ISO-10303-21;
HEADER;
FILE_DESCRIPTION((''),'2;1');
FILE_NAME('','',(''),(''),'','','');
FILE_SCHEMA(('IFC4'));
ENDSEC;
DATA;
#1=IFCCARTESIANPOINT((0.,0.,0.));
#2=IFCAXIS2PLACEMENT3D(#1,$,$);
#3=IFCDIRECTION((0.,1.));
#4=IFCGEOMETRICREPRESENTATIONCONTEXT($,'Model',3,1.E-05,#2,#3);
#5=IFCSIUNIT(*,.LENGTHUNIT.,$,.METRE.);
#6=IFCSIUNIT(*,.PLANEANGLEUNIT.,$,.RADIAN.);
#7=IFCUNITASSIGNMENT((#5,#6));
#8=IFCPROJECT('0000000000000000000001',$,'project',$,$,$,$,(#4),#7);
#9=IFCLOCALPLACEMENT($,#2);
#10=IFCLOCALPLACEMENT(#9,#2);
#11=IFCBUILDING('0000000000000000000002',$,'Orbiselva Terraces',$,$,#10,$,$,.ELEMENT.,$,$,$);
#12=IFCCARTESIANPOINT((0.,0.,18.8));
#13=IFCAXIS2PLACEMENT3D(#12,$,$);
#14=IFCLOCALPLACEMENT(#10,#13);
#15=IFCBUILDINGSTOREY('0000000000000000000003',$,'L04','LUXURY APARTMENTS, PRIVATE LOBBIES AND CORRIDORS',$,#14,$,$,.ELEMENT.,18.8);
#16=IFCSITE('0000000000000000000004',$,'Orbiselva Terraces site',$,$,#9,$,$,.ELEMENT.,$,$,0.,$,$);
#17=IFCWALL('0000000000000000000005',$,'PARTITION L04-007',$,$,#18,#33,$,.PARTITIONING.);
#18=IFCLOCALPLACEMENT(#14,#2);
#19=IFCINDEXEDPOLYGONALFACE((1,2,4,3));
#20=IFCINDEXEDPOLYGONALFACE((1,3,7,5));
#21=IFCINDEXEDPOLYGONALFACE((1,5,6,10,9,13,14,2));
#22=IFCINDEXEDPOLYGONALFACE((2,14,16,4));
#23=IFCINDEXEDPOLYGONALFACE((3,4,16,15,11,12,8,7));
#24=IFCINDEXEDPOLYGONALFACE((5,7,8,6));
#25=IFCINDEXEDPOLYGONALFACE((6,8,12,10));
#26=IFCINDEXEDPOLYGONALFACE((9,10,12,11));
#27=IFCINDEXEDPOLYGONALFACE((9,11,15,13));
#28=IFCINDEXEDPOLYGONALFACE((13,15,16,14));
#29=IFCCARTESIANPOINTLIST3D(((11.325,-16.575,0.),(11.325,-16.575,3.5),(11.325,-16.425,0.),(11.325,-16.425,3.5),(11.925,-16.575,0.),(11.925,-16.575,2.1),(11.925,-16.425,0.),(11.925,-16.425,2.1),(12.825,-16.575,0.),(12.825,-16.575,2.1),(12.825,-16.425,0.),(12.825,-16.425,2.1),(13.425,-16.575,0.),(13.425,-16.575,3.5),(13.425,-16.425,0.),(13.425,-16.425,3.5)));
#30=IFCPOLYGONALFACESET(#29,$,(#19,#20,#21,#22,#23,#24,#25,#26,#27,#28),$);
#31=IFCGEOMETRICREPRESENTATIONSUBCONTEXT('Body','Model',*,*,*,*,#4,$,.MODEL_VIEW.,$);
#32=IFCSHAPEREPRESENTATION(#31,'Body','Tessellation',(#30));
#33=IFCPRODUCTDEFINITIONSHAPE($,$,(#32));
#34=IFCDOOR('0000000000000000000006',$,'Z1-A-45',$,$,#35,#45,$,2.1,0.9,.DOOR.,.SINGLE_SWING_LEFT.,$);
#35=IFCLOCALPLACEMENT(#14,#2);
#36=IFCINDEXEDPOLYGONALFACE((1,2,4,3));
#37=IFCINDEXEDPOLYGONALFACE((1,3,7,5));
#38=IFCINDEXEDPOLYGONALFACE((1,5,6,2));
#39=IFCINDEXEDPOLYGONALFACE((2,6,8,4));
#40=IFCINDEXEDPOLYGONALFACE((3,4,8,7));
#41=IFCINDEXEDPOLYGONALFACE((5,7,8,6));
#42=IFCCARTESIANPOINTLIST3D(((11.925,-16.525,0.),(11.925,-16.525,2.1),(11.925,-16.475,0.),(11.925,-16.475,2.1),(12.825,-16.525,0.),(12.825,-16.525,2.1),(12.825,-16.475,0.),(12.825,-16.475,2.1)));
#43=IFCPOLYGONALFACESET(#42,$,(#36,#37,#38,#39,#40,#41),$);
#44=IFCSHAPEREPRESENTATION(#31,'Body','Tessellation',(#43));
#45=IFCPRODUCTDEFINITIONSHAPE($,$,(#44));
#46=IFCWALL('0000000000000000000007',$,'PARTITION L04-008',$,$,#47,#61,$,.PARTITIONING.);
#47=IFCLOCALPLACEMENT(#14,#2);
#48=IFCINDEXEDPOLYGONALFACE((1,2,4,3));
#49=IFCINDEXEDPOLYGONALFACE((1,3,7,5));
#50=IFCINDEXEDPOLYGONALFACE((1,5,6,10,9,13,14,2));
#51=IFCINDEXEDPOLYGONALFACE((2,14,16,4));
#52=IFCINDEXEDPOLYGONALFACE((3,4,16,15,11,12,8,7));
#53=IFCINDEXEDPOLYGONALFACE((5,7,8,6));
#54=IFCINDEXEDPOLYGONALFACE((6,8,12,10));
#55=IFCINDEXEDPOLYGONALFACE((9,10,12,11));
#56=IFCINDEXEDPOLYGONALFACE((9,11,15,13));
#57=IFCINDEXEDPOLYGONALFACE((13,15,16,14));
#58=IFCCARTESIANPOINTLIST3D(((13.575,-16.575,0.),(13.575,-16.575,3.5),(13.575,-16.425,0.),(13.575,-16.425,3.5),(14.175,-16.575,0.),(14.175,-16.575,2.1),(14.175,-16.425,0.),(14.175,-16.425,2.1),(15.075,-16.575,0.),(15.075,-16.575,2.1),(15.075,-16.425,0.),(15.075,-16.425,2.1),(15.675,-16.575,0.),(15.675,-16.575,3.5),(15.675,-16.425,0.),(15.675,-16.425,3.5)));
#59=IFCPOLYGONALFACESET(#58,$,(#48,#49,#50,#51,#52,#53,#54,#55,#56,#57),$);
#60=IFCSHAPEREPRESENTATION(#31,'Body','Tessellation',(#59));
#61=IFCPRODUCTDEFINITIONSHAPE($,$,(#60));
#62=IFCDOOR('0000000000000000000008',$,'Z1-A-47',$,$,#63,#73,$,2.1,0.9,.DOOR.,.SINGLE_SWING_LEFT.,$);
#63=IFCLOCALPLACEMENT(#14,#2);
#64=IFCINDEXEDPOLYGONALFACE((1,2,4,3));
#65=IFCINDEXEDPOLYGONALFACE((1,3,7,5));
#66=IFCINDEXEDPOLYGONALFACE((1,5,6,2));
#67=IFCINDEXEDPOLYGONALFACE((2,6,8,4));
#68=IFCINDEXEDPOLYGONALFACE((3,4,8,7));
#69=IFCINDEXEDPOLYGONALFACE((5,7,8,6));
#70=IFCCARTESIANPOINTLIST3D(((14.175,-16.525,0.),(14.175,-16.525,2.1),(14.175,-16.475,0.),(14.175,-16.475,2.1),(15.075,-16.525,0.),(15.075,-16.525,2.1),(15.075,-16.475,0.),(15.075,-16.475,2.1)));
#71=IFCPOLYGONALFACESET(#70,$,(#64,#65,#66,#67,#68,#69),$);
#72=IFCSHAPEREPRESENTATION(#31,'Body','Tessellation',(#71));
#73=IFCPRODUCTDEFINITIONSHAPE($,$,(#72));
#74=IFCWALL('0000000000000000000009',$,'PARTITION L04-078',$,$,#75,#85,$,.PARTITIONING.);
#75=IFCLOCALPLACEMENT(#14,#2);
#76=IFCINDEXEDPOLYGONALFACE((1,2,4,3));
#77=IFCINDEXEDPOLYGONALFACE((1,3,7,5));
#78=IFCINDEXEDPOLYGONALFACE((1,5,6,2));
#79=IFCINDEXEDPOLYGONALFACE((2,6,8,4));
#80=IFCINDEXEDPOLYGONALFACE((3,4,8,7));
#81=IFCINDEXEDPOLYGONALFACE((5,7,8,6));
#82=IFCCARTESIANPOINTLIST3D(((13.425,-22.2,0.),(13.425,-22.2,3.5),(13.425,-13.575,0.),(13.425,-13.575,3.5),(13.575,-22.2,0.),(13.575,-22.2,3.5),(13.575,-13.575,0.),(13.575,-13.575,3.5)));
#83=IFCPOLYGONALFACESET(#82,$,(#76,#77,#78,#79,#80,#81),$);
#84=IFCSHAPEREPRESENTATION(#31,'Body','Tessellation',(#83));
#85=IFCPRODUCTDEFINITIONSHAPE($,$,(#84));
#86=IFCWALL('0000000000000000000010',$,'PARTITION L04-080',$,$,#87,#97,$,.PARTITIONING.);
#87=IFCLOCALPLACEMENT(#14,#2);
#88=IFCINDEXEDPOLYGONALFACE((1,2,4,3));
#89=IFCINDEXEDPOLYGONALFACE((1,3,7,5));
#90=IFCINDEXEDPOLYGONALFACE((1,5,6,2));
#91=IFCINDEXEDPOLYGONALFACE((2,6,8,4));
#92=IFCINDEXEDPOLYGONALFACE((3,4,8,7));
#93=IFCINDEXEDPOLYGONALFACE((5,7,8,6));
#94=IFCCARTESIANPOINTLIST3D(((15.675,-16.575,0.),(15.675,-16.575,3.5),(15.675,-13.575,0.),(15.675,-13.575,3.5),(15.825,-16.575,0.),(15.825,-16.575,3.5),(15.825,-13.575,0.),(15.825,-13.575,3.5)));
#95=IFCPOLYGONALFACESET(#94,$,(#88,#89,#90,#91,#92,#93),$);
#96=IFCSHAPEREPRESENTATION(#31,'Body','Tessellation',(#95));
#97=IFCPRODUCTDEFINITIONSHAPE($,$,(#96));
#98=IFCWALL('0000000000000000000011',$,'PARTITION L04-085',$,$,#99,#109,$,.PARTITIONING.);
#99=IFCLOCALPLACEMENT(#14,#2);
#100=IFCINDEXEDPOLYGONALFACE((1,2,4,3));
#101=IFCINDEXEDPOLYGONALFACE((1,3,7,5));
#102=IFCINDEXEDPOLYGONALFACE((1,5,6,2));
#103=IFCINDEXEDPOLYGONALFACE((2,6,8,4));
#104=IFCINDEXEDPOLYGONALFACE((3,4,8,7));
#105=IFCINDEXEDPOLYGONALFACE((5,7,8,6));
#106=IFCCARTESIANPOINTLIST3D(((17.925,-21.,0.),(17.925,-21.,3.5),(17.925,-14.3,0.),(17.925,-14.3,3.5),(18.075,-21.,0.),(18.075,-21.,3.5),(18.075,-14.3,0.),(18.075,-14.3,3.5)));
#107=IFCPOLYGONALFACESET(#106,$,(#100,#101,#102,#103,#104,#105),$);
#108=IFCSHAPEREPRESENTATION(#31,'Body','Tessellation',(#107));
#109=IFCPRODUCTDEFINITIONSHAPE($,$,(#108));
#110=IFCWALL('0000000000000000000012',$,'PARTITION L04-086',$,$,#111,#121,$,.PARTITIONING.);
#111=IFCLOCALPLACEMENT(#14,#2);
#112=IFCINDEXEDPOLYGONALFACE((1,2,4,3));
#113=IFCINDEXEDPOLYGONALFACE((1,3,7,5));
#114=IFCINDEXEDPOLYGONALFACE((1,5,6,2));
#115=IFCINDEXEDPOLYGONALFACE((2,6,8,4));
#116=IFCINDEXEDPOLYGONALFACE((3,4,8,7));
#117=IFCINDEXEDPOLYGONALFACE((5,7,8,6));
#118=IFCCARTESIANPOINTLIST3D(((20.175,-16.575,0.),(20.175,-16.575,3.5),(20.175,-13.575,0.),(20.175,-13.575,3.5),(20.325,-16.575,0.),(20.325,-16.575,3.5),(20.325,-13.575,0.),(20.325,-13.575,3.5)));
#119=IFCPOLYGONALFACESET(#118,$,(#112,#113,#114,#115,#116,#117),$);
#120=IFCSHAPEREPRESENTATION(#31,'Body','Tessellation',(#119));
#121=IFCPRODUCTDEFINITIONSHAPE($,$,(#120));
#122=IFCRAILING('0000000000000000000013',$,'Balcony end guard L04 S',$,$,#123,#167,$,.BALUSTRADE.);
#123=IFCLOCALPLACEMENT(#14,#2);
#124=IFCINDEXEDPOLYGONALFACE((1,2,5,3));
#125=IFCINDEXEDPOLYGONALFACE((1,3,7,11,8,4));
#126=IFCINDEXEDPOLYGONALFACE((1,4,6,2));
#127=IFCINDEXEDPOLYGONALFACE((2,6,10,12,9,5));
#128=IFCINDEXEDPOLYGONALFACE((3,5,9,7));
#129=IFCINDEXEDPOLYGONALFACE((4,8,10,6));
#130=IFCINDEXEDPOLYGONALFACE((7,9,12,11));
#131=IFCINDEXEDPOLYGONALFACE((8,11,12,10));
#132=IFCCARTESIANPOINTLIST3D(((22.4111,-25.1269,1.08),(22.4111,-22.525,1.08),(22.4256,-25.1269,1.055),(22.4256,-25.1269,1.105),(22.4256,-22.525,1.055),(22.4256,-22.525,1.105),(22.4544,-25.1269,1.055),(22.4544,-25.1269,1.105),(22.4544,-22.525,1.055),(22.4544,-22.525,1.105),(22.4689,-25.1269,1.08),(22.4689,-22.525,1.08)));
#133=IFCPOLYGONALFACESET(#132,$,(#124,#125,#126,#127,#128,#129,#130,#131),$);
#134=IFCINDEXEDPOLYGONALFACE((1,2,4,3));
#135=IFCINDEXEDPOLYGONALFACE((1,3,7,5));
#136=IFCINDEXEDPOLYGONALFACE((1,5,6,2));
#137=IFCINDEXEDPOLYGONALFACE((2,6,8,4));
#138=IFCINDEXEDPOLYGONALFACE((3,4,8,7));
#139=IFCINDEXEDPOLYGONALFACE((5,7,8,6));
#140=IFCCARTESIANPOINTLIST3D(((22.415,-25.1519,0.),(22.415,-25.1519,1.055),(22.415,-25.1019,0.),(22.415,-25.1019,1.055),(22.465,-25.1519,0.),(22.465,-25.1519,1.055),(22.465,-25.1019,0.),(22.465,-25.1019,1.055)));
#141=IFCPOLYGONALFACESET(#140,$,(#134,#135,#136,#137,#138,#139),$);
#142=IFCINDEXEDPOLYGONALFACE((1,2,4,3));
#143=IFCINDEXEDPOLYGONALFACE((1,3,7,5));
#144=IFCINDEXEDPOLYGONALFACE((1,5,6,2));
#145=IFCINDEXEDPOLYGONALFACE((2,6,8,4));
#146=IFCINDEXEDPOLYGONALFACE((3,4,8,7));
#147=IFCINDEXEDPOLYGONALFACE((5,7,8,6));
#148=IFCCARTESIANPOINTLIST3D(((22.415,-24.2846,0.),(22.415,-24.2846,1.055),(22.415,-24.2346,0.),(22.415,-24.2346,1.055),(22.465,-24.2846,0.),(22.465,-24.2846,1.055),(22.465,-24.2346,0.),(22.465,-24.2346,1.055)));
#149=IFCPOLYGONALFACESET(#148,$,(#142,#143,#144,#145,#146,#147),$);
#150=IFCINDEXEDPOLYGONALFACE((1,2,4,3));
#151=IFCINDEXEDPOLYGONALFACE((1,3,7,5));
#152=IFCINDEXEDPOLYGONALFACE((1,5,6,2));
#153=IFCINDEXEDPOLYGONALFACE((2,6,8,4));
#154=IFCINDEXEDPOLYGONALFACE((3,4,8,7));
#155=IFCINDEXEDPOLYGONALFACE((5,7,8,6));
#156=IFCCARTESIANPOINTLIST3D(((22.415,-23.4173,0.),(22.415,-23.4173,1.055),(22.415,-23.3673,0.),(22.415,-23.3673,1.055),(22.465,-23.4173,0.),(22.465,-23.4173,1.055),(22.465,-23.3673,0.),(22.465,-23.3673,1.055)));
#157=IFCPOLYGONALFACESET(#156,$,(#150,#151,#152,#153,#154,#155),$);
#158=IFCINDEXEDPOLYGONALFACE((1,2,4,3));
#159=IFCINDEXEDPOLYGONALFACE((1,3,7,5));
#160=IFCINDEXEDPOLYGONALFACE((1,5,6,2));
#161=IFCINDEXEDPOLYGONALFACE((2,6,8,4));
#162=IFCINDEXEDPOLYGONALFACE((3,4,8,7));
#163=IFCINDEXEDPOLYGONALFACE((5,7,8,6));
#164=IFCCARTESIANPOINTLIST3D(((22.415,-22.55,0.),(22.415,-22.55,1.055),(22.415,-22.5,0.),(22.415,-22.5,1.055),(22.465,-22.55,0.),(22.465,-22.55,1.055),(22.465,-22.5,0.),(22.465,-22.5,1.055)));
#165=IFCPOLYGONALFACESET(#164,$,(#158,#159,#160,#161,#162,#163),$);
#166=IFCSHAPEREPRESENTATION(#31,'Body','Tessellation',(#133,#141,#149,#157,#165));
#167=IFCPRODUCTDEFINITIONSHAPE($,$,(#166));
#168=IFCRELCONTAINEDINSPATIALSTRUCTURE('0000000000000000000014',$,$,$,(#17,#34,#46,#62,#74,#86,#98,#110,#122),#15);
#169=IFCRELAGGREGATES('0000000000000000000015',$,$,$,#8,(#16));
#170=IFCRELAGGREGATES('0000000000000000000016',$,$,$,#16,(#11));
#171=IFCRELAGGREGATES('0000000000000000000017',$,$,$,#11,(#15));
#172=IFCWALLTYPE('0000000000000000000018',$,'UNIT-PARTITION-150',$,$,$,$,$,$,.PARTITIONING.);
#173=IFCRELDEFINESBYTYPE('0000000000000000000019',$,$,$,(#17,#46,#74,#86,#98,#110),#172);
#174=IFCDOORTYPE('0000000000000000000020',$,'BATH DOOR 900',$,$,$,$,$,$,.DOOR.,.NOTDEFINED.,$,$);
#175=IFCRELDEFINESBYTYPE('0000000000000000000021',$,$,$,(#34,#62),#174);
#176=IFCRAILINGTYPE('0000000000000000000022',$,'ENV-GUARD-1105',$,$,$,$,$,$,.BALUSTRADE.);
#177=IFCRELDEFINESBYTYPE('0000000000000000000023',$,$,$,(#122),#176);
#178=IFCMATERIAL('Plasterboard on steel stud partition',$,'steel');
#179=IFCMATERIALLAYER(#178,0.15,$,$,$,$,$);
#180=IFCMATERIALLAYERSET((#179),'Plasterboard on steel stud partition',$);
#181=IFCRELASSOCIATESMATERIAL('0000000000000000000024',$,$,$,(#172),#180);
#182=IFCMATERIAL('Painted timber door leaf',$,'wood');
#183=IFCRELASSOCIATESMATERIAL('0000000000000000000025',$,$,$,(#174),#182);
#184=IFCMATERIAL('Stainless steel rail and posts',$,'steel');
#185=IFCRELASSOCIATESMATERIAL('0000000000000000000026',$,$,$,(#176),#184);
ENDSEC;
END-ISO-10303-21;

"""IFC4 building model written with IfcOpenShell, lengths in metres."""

from ifc_helpers import new_model, si_unit, direction, frame, frame_2d, origin, origin_2d, place, context, subcontext, project, spatial, polyline, rectangle, outline, extrude, material, layer, layer_set, type_object, element, fill, save


model = new_model("IFC4")

# Units and contexts
model_context = context("Model", 3, precision=1e-05, world=origin(), true_north=direction((0.0, 1.0)))
body_context = subcontext(model_context, "Body", "Model", "MODEL_VIEW")
ifc_project = project(units=[si_unit("LENGTHUNIT", "METRE"), si_unit("PLANEANGLEUNIT", "RADIAN")], contexts=[model_context])

# Site, building, storey
site_placement = place(None, origin())
site = spatial("IfcSite", under=ifc_project, at=site_placement, Name="Orbiselva Terraces site", CompositionType="ELEMENT", RefElevation=0.0)
building_placement = place(site_placement, origin())
building = spatial("IfcBuilding", under=site, at=building_placement, Name="Orbiselva Terraces", CompositionType="ELEMENT")
storey_placement = place(building_placement, frame((0.0, 0.0, 18.8)))
storey = spatial("IfcBuildingStorey", under=building, at=storey_placement, Name="L04", Description="LUXURY APARTMENTS, PRIVATE LOBBIES AND CORRIDORS", CompositionType="ELEMENT", Elevation=18.8)

# Walls, openings, doors
ifc_material_1 = material(Name="Plasterboard on steel stud partition", Category="steel")
ifc_layer_1 = layer(ifc_material_1, 0.15)
ifc_layer_set_1 = layer_set([ifc_layer_1], Name="Plasterboard on steel stud partition")
wall_type_1 = type_object("IfcWallType", Name="UNIT-PARTITION-150", PredefinedType="PARTITIONING", material=ifc_layer_set_1)
wall_1_placement = place(storey_placement, frame((11.325, -16.5, 0.0), z_axis=(0.0, 0.0, 1.0), x_axis=(1.0, 0.0, 0.0)))
wall_1 = element("IfcWall", 1, at=wall_1_placement, inside=storey, type_object=wall_type_1, Name="PARTITION L04-007", PredefinedType="PARTITIONING", context=body_context, shape_type="SweptSolid", body=[
    extrude(rectangle(XDim=2.1, YDim=0.15, at=frame_2d((1.05, 0.0))), origin(), (0.0, 0.0, 1.0), 3.5),
])
opening_1_placement = place(wall_1_placement, frame((0.6, 0.0, 0.0)))
opening_1 = element("IfcOpeningElement", 2, at=opening_1_placement, cuts=wall_1, PredefinedType="OPENING", context=body_context, shape_type="SweptSolid", body=[
    extrude(rectangle(XDim=0.9, YDim=2.1, at=frame_2d((0.45, 1.05))), frame((0.0, 0.085, 0.0), z_axis=(0.0, -1.0, 0.0), x_axis=(1.0, 0.0, 0.0)), (0.0, 0.0, 1.0), 0.17),
])
ifc_material_2 = material(Name="Painted timber door leaf", Category="wood")
door_type_1 = type_object("IfcDoorType", Name="BATH DOOR 900", OperationType="NOTDEFINED", PredefinedType="DOOR", material=ifc_material_2)
door_1_placement = place(opening_1_placement, origin())
door_1 = element("IfcDoor", 3, at=door_1_placement, inside=storey, type_object=door_type_1, Name="Z1-A-45", OperationType="SINGLE_SWING_LEFT", OverallHeight=2.1, OverallWidth=0.9, PredefinedType="DOOR", context=body_context, shape_type="SweptSolid", body=[
    extrude(rectangle(XDim=0.9, YDim=2.1, at=frame_2d((0.45, 1.05))), frame((0.0, 0.025, 0.0), z_axis=(0.0, -1.0, 0.0), x_axis=(1.0, 0.0, 0.0)), (0.0, 0.0, 1.0), 0.05),
])
fill(opening_1, door_1)
wall_2_placement = place(storey_placement, frame((13.575, -16.5, 0.0), z_axis=(0.0, 0.0, 1.0), x_axis=(1.0, 0.0, 0.0)))
wall_2 = element("IfcWall", 4, at=wall_2_placement, inside=storey, type_object=wall_type_1, Name="PARTITION L04-008", PredefinedType="PARTITIONING", context=body_context, shape_type="SweptSolid", body=[
    extrude(rectangle(XDim=2.1, YDim=0.15, at=frame_2d((1.05, 0.0))), origin(), (0.0, 0.0, 1.0), 3.5),
])
opening_2_placement = place(wall_2_placement, frame((0.6, 0.0, 0.0)))
opening_2 = element("IfcOpeningElement", 5, at=opening_2_placement, cuts=wall_2, PredefinedType="OPENING", context=body_context, shape_type="SweptSolid", body=[
    extrude(rectangle(XDim=0.9, YDim=2.1, at=frame_2d((0.45, 1.05))), frame((0.0, 0.085, 0.0), z_axis=(0.0, -1.0, 0.0), x_axis=(1.0, 0.0, 0.0)), (0.0, 0.0, 1.0), 0.17),
])
door_2_placement = place(opening_2_placement, origin())
door_2 = element("IfcDoor", 6, at=door_2_placement, inside=storey, type_object=door_type_1, Name="Z1-A-47", OperationType="SINGLE_SWING_LEFT", OverallHeight=2.1, OverallWidth=0.9, PredefinedType="DOOR", context=body_context, shape_type="SweptSolid", body=[
    extrude(rectangle(XDim=0.9, YDim=2.1, at=frame_2d((0.45, 1.05))), frame((0.0, 0.025, 0.0), z_axis=(0.0, -1.0, 0.0), x_axis=(1.0, 0.0, 0.0)), (0.0, 0.0, 1.0), 0.05),
])
fill(opening_2, door_2)

# Walls
wall_3_placement = place(storey_placement, frame((13.5, -22.2, 0.0), z_axis=(0.0, 0.0, 1.0), x_axis=(0.0, 1.0, 0.0)))
element("IfcWall", 7, at=wall_3_placement, inside=storey, type_object=wall_type_1, Name="PARTITION L04-078", PredefinedType="PARTITIONING", context=body_context, shape_type="SweptSolid", body=[
    extrude(rectangle(XDim=8.625, YDim=0.15, at=frame_2d((4.3125, 0.0))), origin(), (0.0, 0.0, 1.0), 3.5),
])
wall_4_placement = place(storey_placement, frame((15.75, -16.575, 0.0), z_axis=(0.0, 0.0, 1.0), x_axis=(0.0, 1.0, 0.0)))
element("IfcWall", 8, at=wall_4_placement, inside=storey, type_object=wall_type_1, Name="PARTITION L04-080", PredefinedType="PARTITIONING", context=body_context, shape_type="SweptSolid", body=[
    extrude(rectangle(XDim=3.0, YDim=0.15, at=frame_2d((1.5, 0.0))), origin(), (0.0, 0.0, 1.0), 3.5),
])
wall_5_placement = place(storey_placement, frame((18.0, -21.0, 0.0), z_axis=(0.0, 0.0, 1.0), x_axis=(0.0, 1.0, 0.0)))
element("IfcWall", 9, at=wall_5_placement, inside=storey, type_object=wall_type_1, Name="PARTITION L04-085", PredefinedType="PARTITIONING", context=body_context, shape_type="SweptSolid", body=[
    extrude(rectangle(XDim=6.7, YDim=0.15, at=frame_2d((3.35, 0.0))), origin(), (0.0, 0.0, 1.0), 3.5),
])
wall_6_placement = place(storey_placement, frame((20.25, -16.575, 0.0), z_axis=(0.0, 0.0, 1.0), x_axis=(0.0, 1.0, 0.0)))
element("IfcWall", 10, at=wall_6_placement, inside=storey, type_object=wall_type_1, Name="PARTITION L04-086", PredefinedType="PARTITIONING", context=body_context, shape_type="SweptSolid", body=[
    extrude(rectangle(XDim=3.0, YDim=0.15, at=frame_2d((1.5, 0.0))), origin(), (0.0, 0.0, 1.0), 3.5),
])

# Railing
ifc_material_3 = material(Name="Stainless steel rail and posts", Category="steel")
railing_type_1 = type_object("IfcRailingType", Name="ENV-GUARD-1105", PredefinedType="BALUSTRADE", material=ifc_material_3)
railing_1_placement = place(storey_placement, frame((22.44, -25.1269, 0.0)))
element("IfcRailing", 11, at=railing_1_placement, inside=storey, type_object=railing_type_1, Name="Balcony end guard L04 S", PredefinedType="BALUSTRADE", context=body_context, shape_type="SweptSolid", body=[
    extrude(outline(polyline([(0.0289, 0.0), (0.0144, 0.025), (-0.0144, 0.025), (-0.0289, 0.0), (-0.0144, -0.025), (0.0144, -0.025), (0.0289, 0.0)])), frame((0.0, 0.0, 1.08), z_axis=(0.0, 1.0, 0.0), x_axis=(-1.0, 0.0, 0.0)), (0.0, 0.0, 1.0), 2.6019),
    extrude(rectangle(XDim=0.05, YDim=0.05, at=origin_2d()), origin(), (0.0, 0.0, 1.0), 1.055),
    extrude(rectangle(XDim=0.05, YDim=0.05, at=origin_2d()), frame((0.0, 0.8673, 0.0)), (0.0, 0.0, 1.0), 1.055),
    extrude(rectangle(XDim=0.05, YDim=0.05, at=origin_2d()), frame((0.0, 1.7346, 0.0)), (0.0, 0.0, 1.0), 1.055),
    extrude(rectangle(XDim=0.05, YDim=0.05, at=origin_2d()), frame((0.0, 2.6019, 0.0)), (0.0, 0.0, 1.0), 1.055),
])

save(model, "model.ifc")
